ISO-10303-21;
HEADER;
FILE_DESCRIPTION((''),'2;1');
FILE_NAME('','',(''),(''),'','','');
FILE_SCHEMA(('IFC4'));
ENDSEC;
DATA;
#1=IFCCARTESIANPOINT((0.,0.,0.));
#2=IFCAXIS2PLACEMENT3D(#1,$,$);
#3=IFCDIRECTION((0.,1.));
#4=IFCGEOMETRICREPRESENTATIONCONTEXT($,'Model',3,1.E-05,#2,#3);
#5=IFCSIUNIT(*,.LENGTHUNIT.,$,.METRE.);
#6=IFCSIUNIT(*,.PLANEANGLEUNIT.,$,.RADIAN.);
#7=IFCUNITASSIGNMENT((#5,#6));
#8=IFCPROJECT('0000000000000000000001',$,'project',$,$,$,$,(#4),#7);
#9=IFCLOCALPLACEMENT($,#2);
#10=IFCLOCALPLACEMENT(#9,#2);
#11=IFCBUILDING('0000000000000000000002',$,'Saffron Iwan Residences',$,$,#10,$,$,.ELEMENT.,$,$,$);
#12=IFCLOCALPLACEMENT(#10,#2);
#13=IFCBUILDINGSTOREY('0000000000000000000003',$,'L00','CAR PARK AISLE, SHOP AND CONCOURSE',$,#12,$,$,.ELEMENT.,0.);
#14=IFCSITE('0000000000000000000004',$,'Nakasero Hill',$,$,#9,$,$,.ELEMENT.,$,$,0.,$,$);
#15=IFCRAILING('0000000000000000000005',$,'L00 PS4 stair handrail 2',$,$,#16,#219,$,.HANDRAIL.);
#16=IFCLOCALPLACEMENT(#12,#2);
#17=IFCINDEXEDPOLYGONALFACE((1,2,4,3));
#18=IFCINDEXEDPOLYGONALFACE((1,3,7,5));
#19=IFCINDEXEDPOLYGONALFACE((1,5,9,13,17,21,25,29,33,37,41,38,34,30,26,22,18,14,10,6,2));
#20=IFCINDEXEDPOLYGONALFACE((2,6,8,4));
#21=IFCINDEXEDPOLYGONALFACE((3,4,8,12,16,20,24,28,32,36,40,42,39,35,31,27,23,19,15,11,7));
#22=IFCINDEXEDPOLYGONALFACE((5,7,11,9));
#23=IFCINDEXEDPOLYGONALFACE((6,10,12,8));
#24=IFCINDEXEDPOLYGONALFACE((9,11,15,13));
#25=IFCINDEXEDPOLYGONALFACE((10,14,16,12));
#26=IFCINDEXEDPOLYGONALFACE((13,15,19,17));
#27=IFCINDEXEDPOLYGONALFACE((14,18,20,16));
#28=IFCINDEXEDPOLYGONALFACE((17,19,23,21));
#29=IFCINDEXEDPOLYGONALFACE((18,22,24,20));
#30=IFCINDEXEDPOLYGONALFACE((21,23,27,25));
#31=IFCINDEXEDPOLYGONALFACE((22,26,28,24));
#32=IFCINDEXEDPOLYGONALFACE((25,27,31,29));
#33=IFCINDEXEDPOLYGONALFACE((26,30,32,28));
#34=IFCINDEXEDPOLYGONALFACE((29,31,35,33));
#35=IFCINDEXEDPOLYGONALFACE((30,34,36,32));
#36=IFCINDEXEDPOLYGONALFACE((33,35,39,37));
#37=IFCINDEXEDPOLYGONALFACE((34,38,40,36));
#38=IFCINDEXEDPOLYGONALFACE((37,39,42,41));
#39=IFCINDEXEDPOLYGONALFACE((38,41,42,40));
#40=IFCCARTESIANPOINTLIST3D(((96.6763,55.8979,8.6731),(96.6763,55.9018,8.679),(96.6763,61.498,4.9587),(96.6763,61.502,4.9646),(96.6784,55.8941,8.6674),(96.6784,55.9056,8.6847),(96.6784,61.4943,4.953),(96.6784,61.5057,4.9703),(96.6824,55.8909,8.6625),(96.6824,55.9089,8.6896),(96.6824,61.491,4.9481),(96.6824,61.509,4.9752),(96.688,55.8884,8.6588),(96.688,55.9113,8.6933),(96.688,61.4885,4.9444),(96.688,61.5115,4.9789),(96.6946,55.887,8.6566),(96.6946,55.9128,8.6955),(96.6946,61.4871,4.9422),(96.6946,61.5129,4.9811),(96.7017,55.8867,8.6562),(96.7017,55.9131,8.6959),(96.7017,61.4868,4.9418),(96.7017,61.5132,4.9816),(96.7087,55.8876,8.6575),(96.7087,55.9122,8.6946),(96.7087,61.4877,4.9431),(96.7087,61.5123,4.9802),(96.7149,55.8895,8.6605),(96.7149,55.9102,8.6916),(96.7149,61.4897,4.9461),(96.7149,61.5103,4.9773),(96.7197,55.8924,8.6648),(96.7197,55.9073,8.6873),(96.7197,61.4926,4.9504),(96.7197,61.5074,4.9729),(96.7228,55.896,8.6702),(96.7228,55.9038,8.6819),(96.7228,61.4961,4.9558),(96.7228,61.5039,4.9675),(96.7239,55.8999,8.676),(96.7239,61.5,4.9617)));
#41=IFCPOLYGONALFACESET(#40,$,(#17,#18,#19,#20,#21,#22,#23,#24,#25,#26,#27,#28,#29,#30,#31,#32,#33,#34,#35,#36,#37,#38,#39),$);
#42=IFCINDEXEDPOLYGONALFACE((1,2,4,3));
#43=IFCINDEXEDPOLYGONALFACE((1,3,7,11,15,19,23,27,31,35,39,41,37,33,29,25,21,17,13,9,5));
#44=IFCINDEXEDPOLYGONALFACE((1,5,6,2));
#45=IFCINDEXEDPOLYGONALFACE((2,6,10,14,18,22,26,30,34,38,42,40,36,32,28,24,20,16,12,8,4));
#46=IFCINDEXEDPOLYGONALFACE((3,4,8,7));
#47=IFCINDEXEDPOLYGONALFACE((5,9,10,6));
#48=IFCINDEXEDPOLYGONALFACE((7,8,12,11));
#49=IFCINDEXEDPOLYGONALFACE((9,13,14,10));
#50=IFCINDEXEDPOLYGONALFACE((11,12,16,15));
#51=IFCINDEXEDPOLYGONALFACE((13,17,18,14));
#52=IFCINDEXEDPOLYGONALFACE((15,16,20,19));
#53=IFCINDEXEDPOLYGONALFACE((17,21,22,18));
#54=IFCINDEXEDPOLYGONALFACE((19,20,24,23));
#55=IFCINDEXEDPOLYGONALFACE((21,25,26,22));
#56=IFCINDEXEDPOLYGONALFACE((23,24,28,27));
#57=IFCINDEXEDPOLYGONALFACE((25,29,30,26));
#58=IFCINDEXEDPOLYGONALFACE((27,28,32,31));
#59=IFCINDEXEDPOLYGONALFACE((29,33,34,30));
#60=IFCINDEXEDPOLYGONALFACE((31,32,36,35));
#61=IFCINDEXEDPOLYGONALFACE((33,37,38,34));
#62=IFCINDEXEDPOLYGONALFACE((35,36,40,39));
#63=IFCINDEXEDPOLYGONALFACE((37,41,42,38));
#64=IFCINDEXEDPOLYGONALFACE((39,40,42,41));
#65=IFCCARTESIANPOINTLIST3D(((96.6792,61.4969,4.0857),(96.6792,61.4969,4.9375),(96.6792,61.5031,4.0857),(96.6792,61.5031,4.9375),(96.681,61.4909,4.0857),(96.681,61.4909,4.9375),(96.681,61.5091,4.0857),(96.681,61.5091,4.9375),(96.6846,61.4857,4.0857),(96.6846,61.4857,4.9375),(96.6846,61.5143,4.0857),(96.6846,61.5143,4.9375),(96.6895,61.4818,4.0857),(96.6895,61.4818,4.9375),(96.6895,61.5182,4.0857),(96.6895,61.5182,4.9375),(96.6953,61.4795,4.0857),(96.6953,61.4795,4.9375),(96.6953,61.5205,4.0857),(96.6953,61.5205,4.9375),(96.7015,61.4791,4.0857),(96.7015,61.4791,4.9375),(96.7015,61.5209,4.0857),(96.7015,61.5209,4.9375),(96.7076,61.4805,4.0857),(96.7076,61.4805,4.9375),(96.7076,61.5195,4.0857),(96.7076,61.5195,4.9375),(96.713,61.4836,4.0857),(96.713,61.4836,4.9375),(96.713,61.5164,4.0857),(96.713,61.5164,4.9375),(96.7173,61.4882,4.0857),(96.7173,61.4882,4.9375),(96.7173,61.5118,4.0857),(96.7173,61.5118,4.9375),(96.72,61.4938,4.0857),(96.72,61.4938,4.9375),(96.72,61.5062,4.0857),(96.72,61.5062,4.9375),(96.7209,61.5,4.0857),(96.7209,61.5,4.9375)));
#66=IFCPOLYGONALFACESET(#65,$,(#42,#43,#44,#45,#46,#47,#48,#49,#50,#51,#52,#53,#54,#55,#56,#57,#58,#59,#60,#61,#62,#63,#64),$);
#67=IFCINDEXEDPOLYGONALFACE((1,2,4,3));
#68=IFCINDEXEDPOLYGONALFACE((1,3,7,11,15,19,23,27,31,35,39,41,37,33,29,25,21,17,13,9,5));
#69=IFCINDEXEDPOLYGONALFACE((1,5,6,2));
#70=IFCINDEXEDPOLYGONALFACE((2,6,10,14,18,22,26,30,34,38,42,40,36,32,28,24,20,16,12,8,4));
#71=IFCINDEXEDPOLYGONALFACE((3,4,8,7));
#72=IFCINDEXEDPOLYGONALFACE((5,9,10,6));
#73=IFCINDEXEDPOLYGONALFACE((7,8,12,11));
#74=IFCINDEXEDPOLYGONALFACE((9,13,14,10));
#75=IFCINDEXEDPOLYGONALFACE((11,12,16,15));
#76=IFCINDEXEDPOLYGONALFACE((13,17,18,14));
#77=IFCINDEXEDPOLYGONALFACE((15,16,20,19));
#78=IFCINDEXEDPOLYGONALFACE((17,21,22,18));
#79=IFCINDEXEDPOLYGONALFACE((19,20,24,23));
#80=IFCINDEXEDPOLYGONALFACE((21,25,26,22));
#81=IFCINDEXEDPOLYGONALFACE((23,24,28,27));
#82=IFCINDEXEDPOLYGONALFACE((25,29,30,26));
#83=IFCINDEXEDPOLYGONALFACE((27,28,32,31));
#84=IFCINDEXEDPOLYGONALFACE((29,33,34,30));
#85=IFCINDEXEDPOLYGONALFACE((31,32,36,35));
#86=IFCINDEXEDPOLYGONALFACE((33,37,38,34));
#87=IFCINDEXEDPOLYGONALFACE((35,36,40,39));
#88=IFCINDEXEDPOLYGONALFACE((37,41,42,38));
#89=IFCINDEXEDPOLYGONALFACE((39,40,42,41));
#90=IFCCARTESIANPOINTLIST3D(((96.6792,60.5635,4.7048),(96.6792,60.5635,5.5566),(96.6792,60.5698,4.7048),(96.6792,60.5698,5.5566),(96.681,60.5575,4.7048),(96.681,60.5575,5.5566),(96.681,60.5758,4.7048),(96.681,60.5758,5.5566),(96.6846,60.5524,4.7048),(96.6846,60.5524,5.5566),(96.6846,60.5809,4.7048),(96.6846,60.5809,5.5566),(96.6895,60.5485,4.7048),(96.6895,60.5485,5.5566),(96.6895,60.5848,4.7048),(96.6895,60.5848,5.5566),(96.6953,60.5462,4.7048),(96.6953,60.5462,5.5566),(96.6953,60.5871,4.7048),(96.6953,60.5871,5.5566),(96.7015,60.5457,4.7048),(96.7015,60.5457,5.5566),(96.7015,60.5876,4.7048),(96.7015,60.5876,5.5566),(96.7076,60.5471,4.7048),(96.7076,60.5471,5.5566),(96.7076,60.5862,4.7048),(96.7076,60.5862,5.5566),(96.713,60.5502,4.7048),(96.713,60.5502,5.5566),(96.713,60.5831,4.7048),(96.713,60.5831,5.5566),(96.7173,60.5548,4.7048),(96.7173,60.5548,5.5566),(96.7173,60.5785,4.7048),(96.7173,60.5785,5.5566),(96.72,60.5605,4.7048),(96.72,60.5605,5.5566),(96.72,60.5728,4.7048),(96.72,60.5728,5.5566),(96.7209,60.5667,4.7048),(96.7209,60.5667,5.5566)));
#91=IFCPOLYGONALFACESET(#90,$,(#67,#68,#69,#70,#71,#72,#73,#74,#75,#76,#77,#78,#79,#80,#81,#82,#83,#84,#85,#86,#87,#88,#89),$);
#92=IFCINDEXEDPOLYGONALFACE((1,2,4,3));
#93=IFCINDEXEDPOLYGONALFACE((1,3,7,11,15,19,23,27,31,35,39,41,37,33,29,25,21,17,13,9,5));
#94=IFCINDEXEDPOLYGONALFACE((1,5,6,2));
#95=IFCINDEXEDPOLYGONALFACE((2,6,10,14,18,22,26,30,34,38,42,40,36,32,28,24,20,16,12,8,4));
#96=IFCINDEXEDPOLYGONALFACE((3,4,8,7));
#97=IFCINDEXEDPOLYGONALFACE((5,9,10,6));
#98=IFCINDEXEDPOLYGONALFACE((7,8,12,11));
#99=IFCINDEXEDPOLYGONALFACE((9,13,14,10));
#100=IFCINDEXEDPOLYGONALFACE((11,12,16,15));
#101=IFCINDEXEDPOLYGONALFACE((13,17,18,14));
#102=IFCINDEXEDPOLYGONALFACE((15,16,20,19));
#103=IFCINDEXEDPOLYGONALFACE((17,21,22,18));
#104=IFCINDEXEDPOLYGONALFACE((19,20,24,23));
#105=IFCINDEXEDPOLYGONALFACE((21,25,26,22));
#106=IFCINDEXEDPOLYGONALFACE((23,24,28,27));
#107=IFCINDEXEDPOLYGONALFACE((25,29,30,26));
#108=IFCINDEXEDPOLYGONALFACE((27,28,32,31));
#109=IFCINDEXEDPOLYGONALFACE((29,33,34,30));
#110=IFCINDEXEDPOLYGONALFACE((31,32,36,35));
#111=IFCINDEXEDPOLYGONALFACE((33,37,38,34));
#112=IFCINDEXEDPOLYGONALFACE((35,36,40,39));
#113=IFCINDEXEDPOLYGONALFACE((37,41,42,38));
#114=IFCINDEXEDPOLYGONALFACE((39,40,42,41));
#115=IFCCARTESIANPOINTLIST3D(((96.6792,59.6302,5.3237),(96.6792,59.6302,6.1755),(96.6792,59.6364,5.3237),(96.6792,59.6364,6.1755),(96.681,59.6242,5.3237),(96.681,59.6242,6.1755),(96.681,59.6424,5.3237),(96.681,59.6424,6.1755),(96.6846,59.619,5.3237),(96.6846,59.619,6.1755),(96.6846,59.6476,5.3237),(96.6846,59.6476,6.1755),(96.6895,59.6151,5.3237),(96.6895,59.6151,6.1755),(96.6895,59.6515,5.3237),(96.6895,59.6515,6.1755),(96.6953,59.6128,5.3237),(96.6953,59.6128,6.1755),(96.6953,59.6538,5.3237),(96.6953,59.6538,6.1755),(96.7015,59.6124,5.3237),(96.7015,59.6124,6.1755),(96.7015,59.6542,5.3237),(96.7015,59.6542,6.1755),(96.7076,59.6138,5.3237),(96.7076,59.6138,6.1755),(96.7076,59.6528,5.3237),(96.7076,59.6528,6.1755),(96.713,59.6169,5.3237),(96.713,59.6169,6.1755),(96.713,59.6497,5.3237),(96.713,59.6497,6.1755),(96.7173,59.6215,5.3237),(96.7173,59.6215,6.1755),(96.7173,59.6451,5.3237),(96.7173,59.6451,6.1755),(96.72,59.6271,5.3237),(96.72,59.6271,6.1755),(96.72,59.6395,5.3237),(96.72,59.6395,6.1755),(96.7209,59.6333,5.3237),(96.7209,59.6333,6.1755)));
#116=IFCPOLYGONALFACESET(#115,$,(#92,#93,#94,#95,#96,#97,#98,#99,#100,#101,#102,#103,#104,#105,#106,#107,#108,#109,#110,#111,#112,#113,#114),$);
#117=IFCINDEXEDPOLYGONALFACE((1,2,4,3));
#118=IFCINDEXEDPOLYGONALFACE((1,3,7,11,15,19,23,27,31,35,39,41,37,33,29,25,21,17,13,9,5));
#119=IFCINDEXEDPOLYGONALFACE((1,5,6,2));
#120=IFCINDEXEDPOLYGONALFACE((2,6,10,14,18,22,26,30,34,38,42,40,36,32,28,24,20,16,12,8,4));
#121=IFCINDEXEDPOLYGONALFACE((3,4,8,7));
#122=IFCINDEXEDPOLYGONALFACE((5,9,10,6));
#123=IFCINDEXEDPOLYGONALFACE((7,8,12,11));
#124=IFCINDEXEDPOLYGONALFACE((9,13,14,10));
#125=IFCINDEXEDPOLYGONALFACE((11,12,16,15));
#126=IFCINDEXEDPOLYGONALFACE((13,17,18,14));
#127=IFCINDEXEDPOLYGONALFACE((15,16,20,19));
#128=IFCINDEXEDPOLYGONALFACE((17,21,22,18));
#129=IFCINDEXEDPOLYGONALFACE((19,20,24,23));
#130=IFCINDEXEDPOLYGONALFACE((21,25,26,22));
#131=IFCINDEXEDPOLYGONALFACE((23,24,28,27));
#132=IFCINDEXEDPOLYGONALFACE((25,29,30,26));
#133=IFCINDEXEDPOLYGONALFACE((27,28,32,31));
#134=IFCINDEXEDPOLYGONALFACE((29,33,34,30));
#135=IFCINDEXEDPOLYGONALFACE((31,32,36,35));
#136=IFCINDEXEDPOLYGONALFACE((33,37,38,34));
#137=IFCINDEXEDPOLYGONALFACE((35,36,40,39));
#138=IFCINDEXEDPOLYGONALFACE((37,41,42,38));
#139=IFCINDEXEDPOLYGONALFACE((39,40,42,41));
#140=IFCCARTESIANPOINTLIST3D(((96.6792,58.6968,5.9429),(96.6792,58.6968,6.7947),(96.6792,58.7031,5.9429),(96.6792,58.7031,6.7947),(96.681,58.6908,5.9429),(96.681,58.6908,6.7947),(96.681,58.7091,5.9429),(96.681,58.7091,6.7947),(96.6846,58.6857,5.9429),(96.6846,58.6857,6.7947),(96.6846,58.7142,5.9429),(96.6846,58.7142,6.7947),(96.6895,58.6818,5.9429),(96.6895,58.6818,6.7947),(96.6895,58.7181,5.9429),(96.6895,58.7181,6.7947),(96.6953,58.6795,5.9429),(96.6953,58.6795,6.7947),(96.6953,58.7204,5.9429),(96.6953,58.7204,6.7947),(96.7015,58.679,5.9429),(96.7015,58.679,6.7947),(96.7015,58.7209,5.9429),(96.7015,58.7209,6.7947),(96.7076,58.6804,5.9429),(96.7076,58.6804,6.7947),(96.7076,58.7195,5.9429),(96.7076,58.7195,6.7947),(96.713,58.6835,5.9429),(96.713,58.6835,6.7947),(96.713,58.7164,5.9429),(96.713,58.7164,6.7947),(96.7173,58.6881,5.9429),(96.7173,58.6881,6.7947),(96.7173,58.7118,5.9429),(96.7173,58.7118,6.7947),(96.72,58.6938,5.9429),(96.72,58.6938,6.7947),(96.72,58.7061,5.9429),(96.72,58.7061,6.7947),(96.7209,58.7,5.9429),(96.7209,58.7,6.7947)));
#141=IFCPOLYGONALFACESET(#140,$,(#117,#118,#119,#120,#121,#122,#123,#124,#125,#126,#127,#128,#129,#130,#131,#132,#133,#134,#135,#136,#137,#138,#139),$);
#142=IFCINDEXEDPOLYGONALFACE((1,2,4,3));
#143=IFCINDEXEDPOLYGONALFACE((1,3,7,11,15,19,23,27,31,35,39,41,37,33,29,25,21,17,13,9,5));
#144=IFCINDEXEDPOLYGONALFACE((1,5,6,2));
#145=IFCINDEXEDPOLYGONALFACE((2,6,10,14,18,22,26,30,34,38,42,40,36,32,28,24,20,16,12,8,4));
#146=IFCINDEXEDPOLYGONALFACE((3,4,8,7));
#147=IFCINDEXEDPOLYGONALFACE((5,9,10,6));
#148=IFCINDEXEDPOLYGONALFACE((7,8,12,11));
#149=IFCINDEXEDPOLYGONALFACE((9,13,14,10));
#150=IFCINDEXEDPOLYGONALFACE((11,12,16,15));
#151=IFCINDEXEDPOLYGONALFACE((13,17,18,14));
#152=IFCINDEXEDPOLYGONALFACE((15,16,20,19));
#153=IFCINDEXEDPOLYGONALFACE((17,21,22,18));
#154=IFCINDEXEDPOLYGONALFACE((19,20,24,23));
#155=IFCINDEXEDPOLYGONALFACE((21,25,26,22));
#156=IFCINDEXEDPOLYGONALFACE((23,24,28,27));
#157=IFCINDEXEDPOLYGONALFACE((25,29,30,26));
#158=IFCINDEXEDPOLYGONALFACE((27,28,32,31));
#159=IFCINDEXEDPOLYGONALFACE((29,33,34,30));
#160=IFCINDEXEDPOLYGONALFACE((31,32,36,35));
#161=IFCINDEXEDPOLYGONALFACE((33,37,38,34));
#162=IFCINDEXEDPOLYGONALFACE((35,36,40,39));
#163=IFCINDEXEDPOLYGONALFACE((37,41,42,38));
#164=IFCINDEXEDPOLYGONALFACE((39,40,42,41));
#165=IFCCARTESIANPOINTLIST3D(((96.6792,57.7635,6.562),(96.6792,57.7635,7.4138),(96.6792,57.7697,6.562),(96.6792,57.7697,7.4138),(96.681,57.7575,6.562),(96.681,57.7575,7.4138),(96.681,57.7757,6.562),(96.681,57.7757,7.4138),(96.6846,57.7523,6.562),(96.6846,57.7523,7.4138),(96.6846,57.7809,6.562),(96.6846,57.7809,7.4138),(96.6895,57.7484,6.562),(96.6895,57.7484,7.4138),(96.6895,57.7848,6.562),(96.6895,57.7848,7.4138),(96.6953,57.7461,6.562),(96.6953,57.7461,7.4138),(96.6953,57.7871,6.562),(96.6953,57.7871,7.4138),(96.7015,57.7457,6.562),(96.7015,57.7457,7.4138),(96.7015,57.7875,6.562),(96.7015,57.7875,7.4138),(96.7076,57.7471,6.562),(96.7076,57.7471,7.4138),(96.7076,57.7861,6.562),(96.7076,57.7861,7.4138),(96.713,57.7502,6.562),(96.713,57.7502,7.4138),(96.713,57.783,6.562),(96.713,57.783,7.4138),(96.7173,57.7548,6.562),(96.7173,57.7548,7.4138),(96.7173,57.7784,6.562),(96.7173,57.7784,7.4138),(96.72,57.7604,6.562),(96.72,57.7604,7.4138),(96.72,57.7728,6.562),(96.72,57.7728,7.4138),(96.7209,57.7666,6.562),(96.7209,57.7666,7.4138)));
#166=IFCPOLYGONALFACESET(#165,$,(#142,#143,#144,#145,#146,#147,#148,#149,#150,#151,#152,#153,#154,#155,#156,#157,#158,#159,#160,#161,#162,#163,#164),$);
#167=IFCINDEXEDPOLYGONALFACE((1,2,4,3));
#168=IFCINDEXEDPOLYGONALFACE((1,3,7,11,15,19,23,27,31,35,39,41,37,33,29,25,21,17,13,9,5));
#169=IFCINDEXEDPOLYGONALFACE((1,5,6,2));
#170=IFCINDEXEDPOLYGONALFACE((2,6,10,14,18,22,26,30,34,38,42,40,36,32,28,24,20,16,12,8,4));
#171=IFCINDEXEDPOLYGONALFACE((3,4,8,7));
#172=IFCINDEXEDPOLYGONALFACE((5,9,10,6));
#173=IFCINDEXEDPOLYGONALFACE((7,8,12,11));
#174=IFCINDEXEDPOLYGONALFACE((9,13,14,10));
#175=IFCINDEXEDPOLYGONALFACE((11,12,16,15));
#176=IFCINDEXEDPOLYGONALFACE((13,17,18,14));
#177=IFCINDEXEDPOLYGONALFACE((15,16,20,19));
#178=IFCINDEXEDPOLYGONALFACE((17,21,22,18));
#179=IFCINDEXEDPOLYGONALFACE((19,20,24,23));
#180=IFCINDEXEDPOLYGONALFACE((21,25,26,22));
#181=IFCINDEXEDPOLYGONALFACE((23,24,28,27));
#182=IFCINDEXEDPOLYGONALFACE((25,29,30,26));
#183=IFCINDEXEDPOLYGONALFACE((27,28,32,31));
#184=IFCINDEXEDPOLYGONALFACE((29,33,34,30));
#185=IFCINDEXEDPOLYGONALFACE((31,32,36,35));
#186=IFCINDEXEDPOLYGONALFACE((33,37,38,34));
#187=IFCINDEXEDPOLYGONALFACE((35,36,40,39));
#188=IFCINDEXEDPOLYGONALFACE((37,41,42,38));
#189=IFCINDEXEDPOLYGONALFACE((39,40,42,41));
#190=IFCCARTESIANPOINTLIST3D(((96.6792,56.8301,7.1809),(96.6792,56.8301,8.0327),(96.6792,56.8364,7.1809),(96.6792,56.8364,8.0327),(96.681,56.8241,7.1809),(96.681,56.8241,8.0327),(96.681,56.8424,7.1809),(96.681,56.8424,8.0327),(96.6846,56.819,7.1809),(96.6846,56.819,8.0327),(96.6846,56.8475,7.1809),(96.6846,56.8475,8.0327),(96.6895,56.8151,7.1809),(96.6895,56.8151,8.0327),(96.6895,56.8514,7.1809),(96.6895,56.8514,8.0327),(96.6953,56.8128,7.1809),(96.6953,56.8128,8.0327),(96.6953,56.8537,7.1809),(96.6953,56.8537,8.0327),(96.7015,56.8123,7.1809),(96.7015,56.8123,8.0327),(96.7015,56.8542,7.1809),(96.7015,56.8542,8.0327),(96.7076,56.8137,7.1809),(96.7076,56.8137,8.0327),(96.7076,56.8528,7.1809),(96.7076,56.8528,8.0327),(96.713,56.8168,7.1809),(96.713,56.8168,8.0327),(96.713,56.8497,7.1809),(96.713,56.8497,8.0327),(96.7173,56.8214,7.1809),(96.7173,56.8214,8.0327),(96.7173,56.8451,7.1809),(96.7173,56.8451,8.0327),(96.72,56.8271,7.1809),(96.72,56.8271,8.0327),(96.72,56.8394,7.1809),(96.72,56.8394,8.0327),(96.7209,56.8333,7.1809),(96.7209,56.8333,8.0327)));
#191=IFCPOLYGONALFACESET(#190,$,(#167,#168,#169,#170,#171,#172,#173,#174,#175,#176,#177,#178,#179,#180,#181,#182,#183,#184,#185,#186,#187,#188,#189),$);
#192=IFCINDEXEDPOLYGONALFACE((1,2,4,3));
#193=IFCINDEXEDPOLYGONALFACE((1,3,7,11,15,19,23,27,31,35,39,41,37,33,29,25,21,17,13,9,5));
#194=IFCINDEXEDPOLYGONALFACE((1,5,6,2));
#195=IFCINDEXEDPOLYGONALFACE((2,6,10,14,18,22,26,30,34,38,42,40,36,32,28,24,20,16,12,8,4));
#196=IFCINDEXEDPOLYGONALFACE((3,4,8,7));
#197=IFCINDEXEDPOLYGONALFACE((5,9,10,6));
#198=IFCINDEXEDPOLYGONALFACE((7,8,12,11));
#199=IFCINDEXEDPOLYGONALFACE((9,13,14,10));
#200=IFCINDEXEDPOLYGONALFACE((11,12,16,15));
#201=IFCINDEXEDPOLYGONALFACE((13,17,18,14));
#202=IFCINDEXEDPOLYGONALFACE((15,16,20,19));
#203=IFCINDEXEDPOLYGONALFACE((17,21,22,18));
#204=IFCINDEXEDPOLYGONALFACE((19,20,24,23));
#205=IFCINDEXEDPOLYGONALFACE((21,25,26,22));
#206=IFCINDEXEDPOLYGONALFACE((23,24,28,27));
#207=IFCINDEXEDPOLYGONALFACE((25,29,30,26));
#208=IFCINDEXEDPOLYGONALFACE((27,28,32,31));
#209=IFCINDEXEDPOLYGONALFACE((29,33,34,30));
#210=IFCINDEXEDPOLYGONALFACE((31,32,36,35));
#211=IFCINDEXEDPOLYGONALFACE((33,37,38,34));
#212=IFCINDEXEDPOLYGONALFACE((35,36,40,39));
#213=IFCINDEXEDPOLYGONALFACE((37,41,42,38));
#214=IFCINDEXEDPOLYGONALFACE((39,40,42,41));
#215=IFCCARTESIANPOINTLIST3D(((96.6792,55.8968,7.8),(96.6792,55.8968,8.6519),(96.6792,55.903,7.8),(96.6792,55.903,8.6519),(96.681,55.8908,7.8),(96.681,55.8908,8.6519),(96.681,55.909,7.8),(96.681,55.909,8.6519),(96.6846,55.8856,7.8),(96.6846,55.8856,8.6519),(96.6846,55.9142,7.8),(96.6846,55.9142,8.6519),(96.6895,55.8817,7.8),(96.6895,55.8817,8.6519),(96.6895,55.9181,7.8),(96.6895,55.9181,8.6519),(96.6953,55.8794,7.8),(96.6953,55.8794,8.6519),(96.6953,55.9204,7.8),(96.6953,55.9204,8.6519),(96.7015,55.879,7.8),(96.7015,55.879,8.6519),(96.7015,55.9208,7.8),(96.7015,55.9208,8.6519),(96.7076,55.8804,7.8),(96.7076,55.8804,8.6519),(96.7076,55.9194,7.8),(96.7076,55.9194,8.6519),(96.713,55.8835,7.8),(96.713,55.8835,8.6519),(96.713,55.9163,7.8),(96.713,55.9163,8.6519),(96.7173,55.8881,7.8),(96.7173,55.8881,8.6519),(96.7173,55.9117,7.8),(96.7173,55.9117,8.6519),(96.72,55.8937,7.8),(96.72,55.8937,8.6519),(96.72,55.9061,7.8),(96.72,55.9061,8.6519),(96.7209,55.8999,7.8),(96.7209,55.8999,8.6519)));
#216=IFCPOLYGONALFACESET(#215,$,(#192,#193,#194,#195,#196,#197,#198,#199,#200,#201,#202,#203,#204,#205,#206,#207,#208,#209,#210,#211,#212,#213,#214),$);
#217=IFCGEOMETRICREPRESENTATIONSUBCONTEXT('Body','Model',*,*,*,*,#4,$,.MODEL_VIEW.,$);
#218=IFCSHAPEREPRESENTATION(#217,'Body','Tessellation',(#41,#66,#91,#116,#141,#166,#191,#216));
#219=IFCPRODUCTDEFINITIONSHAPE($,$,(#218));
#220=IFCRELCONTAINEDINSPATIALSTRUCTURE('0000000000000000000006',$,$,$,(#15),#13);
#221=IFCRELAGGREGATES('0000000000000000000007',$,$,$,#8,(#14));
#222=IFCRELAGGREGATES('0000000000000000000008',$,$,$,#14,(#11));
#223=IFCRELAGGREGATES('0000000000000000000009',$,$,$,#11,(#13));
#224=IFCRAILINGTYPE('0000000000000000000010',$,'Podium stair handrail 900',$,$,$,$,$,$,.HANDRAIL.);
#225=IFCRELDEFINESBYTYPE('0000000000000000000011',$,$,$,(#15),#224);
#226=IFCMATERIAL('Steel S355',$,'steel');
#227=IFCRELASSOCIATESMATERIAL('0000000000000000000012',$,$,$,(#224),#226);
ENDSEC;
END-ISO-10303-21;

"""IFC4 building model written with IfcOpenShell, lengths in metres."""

from ifc_helpers import new_model, si_unit, direction, frame, origin, origin_2d, place, context, subcontext, project, spatial, circle, extrude, material, type_object, element, save


model = new_model("IFC4")

# Units and contexts
model_context = context("Model", 3, precision=1e-05, world=origin(), true_north=direction((0.0, 1.0)))
body_context = subcontext(model_context, "Body", "Model", "MODEL_VIEW")
ifc_project = project(units=[si_unit("LENGTHUNIT", "METRE"), si_unit("PLANEANGLEUNIT", "RADIAN")], contexts=[model_context])

# Site, building, storey
site_placement = place(None, origin())
site = spatial("IfcSite", under=ifc_project, at=site_placement, Name="Nakasero Hill", CompositionType="ELEMENT", RefElevation=0.0)
building_placement = place(site_placement, origin())
building = spatial("IfcBuilding", under=site, at=building_placement, Name="Saffron Iwan Residences", CompositionType="ELEMENT")
storey_placement = place(building_placement, origin())
storey = spatial("IfcBuildingStorey", under=building, at=storey_placement, Name="L00", Description="CAR PARK AISLE, SHOP AND CONCOURSE", CompositionType="ELEMENT", Elevation=0.0)

# Railing
ifc_material_1 = material(Name="Steel S355", Category="steel")
railing_type_1 = type_object("IfcRailingType", Name="Podium stair handrail 900", PredefinedType="HANDRAIL", material=ifc_material_1)
railing_1_placement = place(storey_placement, frame((96.7, 61.5, 4.0857)))
element("IfcRailing", 1, at=railing_1_placement, inside=storey, type_object=railing_type_1, Name="L00 PS4 stair handrail 2", PredefinedType="HANDRAIL", context=body_context, shape_type="SweptSolid", body=[
    extrude(circle(Radius=0.0239, at=origin_2d()), frame((0.0, 0.0, 0.876), z_axis=(0.0, -0.833356, 0.552737), x_axis=(1.0, 0.0, 0.0)), (0.0, 0.0, 1.0), 6.72),
    extrude(circle(Radius=0.021, at=origin_2d()), origin(), (0.0, 0.0, 1.0), 0.8518),
    extrude(circle(Radius=0.021, at=origin_2d()), frame((0.0, -0.9333, 0.6191)), (0.0, 0.0, 1.0), 0.8518),
    extrude(circle(Radius=0.021, at=origin_2d()), frame((0.0, -1.8667, 1.238)), (0.0, 0.0, 1.0), 0.8518),
    extrude(circle(Radius=0.021, at=origin_2d()), frame((0.0, -2.8, 1.8572)), (0.0, 0.0, 1.0), 0.8518),
    extrude(circle(Radius=0.021, at=origin_2d()), frame((0.0, -3.7334, 2.4763)), (0.0, 0.0, 1.0), 0.8518),
    extrude(circle(Radius=0.021, at=origin_2d()), frame((0.0, -4.6667, 3.0952)), (0.0, 0.0, 1.0), 0.8518),
    extrude(circle(Radius=0.021, at=origin_2d()), frame((0.0, -5.6001, 3.7144)), (0.0, 0.0, 1.0), 0.8518),
])

save(model, "model.ifc")
